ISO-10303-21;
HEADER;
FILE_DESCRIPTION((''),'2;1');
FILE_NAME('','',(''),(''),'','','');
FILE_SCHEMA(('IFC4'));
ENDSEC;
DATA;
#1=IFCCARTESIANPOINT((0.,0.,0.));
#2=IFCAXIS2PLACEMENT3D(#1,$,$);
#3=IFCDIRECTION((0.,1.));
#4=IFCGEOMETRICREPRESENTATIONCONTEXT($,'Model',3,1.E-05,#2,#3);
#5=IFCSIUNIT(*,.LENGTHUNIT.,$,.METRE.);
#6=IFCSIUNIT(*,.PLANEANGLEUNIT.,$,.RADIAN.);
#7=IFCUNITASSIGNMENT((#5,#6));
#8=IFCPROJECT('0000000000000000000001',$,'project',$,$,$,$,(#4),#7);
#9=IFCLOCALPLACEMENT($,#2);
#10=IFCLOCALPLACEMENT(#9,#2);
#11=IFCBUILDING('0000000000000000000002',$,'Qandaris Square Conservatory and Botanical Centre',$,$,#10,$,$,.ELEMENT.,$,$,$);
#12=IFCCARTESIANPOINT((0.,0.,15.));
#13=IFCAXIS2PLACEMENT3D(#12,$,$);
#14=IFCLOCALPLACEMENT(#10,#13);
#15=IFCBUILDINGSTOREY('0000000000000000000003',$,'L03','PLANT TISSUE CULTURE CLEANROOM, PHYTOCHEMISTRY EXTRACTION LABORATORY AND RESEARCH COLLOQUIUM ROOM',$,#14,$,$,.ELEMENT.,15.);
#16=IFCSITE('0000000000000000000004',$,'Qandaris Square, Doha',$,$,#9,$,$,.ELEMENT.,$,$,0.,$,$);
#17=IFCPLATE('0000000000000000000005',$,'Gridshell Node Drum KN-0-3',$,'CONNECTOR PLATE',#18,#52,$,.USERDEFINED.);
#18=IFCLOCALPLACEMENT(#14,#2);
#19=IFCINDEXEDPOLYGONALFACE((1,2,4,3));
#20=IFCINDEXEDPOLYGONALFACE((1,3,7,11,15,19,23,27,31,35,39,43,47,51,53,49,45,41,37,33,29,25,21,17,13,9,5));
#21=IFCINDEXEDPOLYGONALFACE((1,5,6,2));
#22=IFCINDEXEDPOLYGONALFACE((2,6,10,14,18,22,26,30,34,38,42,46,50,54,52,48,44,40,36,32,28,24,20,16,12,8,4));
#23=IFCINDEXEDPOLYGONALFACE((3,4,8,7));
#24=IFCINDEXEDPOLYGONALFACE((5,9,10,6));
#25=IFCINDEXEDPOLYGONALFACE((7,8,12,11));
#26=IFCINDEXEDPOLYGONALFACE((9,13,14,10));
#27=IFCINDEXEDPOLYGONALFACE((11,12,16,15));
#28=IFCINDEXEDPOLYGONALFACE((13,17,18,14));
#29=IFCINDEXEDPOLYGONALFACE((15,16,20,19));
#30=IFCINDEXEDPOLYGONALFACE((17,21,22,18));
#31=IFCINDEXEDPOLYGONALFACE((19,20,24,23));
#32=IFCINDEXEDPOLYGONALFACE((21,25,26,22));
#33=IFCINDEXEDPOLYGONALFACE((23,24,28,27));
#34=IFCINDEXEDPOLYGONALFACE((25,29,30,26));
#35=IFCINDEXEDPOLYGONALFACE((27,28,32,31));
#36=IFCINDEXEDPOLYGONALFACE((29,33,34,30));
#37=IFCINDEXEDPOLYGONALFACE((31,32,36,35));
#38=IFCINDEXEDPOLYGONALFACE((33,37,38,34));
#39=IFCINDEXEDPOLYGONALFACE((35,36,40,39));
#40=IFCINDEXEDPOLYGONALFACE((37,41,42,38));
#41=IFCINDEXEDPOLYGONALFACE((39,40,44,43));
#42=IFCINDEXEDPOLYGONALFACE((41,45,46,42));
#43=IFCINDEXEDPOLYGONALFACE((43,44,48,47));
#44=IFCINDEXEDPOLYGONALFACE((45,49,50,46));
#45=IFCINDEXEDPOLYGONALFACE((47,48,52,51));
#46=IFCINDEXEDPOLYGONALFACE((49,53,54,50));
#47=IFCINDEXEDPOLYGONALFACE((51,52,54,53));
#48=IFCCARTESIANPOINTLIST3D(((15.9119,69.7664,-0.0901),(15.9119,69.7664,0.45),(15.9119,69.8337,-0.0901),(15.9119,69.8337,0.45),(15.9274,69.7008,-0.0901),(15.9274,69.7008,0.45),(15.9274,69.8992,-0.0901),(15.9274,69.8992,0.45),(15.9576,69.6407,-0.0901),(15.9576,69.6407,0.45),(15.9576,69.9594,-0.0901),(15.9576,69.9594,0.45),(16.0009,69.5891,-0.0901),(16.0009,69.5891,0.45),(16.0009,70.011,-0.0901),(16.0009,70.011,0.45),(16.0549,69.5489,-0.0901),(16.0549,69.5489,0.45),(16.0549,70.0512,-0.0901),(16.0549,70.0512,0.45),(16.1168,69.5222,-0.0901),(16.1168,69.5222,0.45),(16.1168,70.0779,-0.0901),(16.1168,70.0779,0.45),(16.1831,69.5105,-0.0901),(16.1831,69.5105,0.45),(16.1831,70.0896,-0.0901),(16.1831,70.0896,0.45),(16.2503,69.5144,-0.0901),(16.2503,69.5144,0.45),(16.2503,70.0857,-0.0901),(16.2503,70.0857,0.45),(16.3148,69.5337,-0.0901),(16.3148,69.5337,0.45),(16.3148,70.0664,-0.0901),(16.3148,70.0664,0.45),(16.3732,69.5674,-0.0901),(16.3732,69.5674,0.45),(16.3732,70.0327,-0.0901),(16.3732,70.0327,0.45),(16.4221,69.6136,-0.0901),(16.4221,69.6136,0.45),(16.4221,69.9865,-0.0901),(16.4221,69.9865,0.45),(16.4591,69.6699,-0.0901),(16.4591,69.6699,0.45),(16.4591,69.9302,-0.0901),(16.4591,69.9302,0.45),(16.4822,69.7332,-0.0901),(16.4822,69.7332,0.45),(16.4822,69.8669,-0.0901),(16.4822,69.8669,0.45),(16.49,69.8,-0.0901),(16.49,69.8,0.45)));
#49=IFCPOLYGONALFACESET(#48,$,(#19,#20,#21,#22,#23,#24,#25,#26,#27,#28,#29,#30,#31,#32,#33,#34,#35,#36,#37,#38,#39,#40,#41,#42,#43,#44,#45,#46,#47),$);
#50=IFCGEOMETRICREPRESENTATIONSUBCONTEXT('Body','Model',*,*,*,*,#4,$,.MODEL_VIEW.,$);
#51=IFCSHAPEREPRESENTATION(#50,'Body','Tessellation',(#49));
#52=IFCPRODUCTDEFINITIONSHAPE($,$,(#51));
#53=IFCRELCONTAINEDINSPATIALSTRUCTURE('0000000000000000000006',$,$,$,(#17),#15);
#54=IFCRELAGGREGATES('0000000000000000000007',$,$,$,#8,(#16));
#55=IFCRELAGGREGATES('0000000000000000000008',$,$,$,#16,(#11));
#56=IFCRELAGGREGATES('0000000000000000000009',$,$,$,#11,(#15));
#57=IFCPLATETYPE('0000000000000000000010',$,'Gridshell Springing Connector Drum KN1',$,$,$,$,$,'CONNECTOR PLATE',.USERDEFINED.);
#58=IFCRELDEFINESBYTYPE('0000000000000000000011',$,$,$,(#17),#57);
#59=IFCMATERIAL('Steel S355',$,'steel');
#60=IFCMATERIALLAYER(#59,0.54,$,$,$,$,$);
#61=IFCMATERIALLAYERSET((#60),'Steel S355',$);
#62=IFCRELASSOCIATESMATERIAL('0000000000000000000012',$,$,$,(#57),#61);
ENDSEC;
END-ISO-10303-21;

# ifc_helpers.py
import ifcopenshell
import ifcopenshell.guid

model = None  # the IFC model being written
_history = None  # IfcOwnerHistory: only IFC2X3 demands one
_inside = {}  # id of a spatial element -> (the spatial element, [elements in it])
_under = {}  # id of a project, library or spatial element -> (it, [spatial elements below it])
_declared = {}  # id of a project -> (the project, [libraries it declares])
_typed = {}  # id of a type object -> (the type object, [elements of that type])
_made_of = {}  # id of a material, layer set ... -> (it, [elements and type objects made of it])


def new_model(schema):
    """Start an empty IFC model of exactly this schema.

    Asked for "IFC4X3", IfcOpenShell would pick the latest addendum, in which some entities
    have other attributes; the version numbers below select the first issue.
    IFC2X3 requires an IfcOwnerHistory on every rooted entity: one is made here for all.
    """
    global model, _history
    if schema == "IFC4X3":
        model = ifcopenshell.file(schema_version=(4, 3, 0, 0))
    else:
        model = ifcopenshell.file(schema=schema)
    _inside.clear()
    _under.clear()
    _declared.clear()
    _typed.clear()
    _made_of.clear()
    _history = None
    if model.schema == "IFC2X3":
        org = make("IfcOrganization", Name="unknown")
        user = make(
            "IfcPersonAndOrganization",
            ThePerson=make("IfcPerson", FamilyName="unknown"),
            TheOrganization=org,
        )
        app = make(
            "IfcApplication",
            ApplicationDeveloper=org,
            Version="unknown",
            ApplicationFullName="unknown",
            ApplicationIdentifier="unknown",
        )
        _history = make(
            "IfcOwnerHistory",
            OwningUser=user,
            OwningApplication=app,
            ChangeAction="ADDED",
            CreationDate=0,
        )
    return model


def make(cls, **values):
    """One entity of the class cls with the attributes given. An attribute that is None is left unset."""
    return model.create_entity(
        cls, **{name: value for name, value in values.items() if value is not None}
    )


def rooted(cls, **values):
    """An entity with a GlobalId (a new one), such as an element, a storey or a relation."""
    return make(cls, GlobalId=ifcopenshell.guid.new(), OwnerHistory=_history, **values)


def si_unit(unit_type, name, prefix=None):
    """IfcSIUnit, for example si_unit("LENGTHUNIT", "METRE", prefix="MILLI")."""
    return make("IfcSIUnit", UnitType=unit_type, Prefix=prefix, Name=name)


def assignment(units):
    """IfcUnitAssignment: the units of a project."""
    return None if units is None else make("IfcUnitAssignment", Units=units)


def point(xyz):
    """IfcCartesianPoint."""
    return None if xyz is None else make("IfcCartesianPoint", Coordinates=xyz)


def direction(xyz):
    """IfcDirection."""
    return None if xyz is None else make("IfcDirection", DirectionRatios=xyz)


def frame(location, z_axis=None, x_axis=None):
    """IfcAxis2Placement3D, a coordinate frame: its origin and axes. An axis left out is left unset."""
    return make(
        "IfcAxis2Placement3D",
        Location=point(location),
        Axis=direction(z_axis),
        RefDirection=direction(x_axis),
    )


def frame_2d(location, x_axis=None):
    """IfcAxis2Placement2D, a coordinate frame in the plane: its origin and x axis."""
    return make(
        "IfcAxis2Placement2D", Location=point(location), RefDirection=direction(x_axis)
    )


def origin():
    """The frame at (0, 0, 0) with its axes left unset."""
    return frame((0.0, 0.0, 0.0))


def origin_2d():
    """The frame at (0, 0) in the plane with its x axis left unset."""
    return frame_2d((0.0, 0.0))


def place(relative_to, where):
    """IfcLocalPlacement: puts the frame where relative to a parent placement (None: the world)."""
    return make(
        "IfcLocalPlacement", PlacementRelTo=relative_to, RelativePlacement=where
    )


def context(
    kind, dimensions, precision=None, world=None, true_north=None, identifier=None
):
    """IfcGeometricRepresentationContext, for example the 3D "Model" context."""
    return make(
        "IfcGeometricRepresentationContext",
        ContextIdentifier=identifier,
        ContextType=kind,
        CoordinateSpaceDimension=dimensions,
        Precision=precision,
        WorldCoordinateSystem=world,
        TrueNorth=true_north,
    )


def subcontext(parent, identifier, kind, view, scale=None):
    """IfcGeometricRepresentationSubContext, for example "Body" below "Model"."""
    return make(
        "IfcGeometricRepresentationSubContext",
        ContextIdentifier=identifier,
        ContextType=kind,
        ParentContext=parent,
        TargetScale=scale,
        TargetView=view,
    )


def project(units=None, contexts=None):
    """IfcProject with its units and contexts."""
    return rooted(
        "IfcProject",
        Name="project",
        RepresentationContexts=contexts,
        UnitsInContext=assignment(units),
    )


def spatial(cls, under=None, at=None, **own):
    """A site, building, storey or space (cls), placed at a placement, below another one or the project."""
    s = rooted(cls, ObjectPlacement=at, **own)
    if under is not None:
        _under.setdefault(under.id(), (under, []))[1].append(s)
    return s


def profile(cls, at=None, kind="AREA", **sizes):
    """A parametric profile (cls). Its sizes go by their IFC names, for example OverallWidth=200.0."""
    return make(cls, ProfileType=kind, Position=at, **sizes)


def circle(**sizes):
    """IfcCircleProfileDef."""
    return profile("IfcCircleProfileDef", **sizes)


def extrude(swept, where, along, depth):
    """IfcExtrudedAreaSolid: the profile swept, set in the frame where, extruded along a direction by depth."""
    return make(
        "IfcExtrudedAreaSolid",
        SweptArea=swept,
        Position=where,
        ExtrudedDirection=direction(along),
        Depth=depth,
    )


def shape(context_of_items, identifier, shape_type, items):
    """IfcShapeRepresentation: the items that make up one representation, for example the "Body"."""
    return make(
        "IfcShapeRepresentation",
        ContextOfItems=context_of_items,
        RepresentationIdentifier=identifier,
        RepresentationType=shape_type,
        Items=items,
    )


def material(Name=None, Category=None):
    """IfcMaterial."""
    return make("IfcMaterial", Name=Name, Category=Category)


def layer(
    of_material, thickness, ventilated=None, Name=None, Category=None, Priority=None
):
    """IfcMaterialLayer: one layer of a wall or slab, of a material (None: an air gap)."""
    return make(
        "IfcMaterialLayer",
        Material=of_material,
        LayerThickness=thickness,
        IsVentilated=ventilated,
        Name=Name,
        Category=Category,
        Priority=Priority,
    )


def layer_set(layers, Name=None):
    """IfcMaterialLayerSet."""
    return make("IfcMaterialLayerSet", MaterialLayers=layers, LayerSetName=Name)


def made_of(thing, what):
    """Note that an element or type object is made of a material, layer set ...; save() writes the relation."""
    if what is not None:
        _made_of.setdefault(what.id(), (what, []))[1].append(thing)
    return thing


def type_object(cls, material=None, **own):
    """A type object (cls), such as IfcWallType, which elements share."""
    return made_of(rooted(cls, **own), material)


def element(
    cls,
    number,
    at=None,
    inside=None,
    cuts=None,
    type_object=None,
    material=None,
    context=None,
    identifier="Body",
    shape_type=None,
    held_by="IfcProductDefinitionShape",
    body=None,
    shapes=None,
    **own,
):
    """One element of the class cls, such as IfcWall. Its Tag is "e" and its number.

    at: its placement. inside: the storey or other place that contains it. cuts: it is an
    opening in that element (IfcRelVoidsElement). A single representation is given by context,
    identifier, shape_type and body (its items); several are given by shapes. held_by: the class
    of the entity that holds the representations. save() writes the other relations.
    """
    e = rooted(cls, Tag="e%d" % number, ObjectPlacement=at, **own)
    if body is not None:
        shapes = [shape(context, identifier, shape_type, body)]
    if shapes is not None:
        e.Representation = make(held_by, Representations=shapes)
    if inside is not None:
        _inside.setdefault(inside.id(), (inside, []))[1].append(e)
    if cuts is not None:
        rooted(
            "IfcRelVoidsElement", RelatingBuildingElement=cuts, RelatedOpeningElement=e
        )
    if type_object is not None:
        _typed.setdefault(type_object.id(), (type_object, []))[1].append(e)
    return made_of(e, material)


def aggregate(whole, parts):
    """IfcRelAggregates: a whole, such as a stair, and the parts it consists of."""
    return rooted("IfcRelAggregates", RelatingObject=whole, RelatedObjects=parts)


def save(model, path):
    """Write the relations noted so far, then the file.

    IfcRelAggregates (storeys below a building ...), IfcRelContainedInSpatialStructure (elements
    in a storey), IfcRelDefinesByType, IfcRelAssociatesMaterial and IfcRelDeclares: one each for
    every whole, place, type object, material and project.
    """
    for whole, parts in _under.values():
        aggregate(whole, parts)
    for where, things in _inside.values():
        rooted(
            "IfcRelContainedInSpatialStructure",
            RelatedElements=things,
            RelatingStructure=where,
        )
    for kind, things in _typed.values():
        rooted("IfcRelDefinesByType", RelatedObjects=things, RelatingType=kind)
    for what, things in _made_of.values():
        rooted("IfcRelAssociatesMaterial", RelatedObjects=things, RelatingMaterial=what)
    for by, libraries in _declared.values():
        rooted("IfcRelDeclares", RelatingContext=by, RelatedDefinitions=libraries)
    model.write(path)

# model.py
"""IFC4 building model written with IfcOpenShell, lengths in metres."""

from ifc_helpers import new_model, si_unit, direction, frame, origin, origin_2d, place, context, subcontext, project, spatial, circle, extrude, material, layer, layer_set, type_object, element, save


model = new_model("IFC4")

# Units and contexts
model_context = context("Model", 3, precision=1e-05, world=origin(), true_north=direction((0.0, 1.0)))
body_context = subcontext(model_context, "Body", "Model", "MODEL_VIEW")
ifc_project = project(units=[si_unit("LENGTHUNIT", "METRE"), si_unit("PLANEANGLEUNIT", "RADIAN")], contexts=[model_context])

# Site, building, storey
site_placement = place(None, origin())
site = spatial("IfcSite", under=ifc_project, at=site_placement, Name="Qandaris Square, Doha", CompositionType="ELEMENT", RefElevation=0.0)
building_placement = place(site_placement, origin())
building = spatial("IfcBuilding", under=site, at=building_placement, Name="Qandaris Square Conservatory and Botanical Centre", CompositionType="ELEMENT")
storey_placement = place(building_placement, frame((0.0, 0.0, 15.0)))
storey = spatial("IfcBuildingStorey", under=building, at=storey_placement, Name="L03", Description="PLANT TISSUE CULTURE CLEANROOM, PHYTOCHEMISTRY EXTRACTION LABORATORY AND RESEARCH COLLOQUIUM ROOM", CompositionType="ELEMENT", Elevation=15.0)

# Shared definitions
ifc_material_1 = material(Name="Steel S355", Category="steel")

# Plate
ifc_layer_1 = layer(ifc_material_1, 0.54)
ifc_layer_set_1 = layer_set([ifc_layer_1], Name="Steel S355")
plate_type_1 = type_object("IfcPlateType", Name="Gridshell Springing Connector Drum KN1", ElementType="CONNECTOR PLATE", PredefinedType="USERDEFINED", material=ifc_layer_set_1)
for number, where, z_axis, x_axis, name in (
    (1, (16.2, 69.8, -0.0901), (0.0, 0.0, 1.0), (1.0, 0.0, 0.0), "Gridshell Node Drum KN-0-3"),
):
    element("IfcPlate", number, at=place(storey_placement, frame(where, z_axis=z_axis, x_axis=x_axis)), inside=storey, type_object=plate_type_1, Name=name, ObjectType="CONNECTOR PLATE", PredefinedType="USERDEFINED", context=body_context, shape_type="SweptSolid", body=[
        extrude(circle(Radius=0.29, at=origin_2d()), origin(), (0.0, 0.0, 1.0), 0.54),
    ])

save(model, "model.ifc")
